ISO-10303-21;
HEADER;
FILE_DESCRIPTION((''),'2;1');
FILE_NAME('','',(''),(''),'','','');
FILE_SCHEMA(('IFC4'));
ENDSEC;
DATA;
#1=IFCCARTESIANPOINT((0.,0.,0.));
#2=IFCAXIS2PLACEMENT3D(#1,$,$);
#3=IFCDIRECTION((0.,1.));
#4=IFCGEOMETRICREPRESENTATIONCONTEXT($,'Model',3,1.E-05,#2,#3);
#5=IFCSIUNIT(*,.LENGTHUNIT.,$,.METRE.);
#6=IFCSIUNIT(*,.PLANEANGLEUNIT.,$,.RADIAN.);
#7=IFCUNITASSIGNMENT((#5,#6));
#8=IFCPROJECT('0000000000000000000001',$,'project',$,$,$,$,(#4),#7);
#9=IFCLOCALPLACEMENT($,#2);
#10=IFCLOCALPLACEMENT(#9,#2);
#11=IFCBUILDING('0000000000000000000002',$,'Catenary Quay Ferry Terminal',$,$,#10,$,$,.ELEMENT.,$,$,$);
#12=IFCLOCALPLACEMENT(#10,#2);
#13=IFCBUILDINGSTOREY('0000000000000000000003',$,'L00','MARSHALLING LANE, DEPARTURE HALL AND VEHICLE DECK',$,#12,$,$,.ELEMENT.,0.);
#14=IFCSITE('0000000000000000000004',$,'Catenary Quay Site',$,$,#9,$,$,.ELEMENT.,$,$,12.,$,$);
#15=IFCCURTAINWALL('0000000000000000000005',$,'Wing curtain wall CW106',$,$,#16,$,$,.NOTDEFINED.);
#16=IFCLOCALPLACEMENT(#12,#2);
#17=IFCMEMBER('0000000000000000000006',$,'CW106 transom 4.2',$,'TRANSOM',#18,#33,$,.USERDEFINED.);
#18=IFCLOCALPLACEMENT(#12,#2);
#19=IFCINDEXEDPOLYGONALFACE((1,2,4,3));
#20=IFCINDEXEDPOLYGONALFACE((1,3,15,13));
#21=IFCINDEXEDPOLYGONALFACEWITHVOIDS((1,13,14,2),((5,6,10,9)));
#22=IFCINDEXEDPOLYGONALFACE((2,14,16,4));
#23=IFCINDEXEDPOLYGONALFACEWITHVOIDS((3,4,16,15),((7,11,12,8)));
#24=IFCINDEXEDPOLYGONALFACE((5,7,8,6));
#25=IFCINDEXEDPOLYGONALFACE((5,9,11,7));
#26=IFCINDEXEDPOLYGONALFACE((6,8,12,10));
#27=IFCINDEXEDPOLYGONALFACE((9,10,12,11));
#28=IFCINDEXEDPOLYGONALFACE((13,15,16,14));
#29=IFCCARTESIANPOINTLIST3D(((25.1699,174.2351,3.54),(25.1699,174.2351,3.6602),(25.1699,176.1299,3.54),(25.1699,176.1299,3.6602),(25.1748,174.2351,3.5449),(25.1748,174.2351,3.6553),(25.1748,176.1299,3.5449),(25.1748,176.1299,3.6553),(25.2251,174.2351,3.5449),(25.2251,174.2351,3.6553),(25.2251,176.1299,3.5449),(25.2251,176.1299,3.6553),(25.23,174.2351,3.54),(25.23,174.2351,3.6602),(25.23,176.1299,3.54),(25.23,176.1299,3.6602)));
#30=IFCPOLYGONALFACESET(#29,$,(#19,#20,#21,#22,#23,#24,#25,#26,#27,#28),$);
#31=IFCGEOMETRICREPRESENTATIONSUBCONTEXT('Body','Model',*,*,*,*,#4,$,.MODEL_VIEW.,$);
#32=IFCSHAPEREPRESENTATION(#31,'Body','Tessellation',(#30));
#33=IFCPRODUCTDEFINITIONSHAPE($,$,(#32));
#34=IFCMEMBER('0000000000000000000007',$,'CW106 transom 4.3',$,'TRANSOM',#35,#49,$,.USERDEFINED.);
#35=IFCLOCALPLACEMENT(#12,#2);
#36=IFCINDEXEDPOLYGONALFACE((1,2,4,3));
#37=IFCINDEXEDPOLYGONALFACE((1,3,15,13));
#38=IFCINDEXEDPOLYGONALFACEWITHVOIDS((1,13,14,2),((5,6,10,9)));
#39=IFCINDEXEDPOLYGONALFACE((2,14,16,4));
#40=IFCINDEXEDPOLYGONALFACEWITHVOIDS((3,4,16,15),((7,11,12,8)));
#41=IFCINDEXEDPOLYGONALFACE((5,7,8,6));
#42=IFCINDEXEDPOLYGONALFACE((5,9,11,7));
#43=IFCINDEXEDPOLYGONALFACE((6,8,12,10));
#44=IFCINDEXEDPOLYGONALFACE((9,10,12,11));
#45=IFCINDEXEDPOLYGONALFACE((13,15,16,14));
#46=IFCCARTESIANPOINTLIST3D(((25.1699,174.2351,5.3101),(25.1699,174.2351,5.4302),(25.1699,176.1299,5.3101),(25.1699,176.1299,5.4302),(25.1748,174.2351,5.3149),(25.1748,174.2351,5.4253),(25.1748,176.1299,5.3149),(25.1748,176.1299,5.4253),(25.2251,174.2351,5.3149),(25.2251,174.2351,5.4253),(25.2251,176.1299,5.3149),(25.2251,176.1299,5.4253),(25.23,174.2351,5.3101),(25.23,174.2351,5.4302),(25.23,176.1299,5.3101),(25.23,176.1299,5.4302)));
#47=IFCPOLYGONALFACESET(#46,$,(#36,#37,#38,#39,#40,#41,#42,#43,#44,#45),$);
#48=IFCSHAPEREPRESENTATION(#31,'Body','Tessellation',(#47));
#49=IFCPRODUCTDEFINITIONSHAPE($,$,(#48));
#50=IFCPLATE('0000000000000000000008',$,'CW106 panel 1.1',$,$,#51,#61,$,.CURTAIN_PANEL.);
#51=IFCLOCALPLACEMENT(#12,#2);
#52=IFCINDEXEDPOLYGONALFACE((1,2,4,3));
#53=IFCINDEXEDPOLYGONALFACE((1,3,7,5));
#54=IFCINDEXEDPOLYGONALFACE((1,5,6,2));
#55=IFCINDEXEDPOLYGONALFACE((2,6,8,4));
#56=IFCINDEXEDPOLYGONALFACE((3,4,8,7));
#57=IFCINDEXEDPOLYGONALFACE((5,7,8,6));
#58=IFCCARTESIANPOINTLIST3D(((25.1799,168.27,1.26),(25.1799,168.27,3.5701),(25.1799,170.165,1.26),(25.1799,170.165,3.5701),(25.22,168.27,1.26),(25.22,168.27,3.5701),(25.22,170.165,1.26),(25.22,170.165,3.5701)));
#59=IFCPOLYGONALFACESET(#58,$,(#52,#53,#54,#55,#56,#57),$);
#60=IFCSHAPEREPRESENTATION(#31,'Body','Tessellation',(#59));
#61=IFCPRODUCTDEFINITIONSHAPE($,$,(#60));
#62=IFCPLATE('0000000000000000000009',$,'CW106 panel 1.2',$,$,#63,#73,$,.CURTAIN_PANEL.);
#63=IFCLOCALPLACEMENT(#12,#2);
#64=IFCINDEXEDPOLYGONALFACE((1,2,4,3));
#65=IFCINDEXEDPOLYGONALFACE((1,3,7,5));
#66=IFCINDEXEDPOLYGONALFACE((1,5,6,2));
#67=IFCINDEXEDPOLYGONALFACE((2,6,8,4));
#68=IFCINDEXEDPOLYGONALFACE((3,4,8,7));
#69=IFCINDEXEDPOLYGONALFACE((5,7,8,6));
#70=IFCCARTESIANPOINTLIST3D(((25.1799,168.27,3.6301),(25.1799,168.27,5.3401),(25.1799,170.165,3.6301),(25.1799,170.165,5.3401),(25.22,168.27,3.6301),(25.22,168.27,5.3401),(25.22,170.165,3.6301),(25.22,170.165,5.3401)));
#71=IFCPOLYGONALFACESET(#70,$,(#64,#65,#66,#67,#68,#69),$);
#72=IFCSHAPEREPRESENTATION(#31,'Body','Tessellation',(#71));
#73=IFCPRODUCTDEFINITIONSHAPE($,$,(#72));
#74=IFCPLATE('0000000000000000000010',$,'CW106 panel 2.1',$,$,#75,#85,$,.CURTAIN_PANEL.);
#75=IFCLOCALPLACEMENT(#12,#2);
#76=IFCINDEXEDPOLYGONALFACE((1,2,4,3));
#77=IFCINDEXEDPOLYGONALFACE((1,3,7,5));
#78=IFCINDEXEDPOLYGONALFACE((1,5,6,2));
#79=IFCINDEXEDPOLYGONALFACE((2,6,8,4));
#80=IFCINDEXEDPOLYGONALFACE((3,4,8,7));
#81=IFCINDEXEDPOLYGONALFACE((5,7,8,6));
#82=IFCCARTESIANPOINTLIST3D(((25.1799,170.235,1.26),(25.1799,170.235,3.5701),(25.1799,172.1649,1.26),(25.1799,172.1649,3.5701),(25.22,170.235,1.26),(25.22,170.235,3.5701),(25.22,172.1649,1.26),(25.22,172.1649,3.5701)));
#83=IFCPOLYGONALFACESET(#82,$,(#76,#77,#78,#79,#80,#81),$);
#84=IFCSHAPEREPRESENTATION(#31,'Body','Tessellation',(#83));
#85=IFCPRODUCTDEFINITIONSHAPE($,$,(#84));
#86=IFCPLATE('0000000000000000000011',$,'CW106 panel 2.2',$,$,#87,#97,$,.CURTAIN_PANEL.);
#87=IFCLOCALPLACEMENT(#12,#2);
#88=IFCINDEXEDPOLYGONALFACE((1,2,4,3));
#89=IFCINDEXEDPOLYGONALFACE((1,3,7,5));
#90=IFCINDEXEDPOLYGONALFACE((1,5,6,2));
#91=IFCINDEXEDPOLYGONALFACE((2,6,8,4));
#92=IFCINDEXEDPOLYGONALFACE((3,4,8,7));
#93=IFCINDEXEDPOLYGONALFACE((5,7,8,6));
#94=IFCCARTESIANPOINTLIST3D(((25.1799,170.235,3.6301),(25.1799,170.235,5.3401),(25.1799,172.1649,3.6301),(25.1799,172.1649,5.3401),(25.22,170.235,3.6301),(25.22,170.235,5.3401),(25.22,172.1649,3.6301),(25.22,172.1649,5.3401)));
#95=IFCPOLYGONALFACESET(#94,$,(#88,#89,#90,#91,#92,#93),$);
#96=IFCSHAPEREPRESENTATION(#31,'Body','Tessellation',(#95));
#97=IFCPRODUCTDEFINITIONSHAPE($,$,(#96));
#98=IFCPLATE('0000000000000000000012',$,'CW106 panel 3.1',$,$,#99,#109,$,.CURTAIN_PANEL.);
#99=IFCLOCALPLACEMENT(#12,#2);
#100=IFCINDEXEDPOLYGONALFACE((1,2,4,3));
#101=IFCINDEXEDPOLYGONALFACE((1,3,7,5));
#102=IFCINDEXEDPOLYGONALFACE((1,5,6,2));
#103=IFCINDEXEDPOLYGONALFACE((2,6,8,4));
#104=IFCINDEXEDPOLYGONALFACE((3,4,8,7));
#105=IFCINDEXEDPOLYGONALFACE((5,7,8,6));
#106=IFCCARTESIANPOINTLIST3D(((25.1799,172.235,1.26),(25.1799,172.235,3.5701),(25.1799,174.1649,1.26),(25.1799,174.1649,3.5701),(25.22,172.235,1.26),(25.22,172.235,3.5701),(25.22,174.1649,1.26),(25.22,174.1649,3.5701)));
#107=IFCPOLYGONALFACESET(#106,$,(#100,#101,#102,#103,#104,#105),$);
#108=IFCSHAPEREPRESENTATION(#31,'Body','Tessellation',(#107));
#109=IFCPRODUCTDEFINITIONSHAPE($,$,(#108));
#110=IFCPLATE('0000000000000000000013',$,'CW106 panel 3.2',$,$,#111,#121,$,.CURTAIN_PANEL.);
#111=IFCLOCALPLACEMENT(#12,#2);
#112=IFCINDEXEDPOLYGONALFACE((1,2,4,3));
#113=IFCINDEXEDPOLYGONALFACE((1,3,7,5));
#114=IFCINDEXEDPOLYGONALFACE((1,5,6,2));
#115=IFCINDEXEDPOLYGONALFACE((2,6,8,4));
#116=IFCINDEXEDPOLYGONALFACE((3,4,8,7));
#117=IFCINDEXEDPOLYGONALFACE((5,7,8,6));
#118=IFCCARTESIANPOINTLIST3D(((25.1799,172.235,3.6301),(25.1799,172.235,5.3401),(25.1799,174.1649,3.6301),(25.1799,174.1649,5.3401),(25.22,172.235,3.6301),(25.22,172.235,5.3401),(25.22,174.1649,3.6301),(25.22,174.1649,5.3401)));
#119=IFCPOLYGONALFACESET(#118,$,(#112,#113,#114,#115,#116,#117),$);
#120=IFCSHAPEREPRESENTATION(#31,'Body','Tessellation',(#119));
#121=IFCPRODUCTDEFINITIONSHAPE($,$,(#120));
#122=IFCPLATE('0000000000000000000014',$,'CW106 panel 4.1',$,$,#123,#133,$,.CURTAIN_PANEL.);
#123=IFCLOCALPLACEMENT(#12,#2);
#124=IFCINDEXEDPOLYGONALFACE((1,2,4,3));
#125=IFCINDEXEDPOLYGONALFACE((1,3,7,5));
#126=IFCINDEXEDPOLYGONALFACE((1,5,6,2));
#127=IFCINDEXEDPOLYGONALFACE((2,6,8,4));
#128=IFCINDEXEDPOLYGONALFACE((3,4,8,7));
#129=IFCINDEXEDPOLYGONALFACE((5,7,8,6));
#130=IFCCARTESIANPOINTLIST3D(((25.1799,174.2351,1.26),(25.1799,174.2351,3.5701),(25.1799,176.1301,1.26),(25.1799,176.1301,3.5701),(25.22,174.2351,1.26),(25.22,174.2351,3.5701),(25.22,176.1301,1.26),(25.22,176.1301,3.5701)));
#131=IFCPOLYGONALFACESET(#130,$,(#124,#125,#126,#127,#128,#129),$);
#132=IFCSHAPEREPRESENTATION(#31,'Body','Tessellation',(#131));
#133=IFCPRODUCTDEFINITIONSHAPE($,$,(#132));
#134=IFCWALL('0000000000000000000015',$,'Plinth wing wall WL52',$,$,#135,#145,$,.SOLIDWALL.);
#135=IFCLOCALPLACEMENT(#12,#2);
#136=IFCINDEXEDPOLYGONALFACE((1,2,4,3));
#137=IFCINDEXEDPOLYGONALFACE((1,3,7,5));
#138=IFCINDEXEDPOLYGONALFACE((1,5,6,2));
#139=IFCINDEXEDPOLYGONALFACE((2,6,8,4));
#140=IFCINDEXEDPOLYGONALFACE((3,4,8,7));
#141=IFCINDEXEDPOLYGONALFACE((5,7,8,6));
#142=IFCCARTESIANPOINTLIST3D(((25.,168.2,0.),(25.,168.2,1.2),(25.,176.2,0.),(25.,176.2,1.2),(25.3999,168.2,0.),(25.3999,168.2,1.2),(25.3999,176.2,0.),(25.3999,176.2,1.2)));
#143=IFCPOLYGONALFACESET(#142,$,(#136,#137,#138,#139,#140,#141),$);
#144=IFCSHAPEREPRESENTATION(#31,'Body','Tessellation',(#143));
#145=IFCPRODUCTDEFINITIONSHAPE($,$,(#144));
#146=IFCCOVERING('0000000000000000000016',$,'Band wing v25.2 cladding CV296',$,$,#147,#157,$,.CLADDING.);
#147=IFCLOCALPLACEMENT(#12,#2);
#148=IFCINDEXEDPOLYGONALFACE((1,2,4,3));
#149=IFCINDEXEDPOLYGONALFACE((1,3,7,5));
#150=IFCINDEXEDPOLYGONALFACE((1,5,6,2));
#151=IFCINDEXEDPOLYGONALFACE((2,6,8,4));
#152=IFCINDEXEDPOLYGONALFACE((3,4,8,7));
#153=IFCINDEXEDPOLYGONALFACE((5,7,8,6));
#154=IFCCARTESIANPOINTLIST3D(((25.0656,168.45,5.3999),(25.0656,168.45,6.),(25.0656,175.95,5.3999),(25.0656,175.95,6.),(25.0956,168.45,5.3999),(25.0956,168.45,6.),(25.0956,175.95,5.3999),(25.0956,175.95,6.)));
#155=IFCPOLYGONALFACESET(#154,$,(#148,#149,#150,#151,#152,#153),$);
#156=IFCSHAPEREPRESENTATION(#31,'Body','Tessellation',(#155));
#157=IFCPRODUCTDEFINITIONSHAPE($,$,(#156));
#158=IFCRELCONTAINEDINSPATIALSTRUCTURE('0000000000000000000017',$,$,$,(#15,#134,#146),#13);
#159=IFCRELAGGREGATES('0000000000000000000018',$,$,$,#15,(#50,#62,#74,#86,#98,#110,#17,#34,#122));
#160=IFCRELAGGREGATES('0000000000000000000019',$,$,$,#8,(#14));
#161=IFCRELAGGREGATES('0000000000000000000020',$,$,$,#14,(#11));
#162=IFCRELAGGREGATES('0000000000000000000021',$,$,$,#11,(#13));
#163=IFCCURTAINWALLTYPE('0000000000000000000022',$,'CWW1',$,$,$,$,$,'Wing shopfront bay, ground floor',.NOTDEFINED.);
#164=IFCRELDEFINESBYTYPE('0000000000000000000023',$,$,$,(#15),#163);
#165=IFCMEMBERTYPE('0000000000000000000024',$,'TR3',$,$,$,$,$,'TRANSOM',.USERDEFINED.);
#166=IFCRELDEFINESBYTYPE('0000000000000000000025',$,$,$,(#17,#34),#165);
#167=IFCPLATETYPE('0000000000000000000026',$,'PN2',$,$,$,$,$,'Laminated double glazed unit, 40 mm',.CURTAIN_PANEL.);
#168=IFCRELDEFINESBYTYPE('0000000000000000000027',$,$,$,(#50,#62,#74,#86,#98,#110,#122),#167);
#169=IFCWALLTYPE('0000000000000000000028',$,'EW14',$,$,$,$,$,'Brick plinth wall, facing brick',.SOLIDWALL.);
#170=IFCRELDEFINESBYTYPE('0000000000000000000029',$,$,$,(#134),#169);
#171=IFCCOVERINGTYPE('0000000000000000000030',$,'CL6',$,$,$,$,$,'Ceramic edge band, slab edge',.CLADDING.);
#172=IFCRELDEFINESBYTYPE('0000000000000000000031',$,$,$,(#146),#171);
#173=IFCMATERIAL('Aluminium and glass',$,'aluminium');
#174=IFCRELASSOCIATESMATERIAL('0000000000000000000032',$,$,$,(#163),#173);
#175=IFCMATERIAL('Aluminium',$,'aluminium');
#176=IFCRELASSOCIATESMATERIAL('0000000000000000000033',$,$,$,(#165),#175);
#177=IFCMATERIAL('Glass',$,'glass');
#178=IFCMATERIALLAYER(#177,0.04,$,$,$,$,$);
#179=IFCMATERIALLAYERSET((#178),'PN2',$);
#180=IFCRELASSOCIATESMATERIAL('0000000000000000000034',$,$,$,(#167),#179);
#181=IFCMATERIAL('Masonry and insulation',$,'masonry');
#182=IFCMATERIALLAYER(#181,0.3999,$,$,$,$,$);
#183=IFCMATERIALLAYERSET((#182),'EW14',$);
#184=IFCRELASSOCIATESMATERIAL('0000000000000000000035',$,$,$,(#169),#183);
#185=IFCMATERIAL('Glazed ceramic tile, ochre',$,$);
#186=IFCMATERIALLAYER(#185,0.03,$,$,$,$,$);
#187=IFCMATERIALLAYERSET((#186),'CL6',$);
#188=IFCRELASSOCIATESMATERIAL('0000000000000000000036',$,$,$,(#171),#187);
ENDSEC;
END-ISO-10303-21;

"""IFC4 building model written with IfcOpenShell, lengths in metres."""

from ifc_helpers import new_model, si_unit, direction, frame, frame_2d, origin, origin_2d, place, context, subcontext, project, spatial, rectangle, hollow_rectangle, extrude, material, layer, layer_set, material_profile, profile_set, type_object, element, aggregate, save


model = new_model("IFC4")

# Units and contexts
model_context = context("Model", 3, precision=1e-05, world=origin(), true_north=direction((0.0, 1.0)))
body_context = subcontext(model_context, "Body", "Model", "MODEL_VIEW")
ifc_project = project(units=[si_unit("LENGTHUNIT", "METRE"), si_unit("PLANEANGLEUNIT", "RADIAN")], contexts=[model_context])

# Site, building, storey
site_placement = place(None, origin())
site = spatial("IfcSite", under=ifc_project, at=site_placement, Name="Catenary Quay Site", CompositionType="ELEMENT", RefElevation=12.0)
building_placement = place(site_placement, origin())
building = spatial("IfcBuilding", under=site, at=building_placement, Name="Catenary Quay Ferry Terminal", CompositionType="ELEMENT")
storey_placement = place(building_placement, origin())
storey = spatial("IfcBuildingStorey", under=building, at=storey_placement, Name="L00", Description="MARSHALLING LANE, DEPARTURE HALL AND VEHICLE DECK", CompositionType="ELEMENT", Elevation=0.0)

# Curtain wall, members, plates
ifc_material_1 = material(Name="Aluminium and glass", Category="aluminium")
curtain_wall_type = type_object("IfcCurtainWallType", Name="CWW1", ElementType="Wing shopfront bay, ground floor", PredefinedType="NOTDEFINED", material=ifc_material_1)
curtain_wall_placement = place(storey_placement, origin())
curtain_wall = element("IfcCurtainWall", 1, at=curtain_wall_placement, inside=storey, type_object=curtain_wall_type, Name="Wing curtain wall CW106", PredefinedType="NOTDEFINED")
ifc_material_2 = material(Name="Aluminium", Category="aluminium")
ifc_material_profile_1 = material_profile(ifc_material_2, hollow_rectangle(XDim=0.0601, YDim=0.1201, WallThickness=0.0049, at=origin_2d()), Name="TR3")
ifc_profile_set_1 = profile_set([ifc_material_profile_1], Name="Aluminium")
member_type_1 = type_object("IfcMemberType", Name="TR3", ElementType="TRANSOM", PredefinedType="USERDEFINED", material=ifc_profile_set_1)
member_1_placement = place(storey_placement, frame((25.2, 174.2351, 3.6001), z_axis=(0.0, 1.0, 0.0), x_axis=(-1.0, 0.0, 0.0)))
member_1 = element("IfcMember", 2, at=member_1_placement, type_object=member_type_1, Name="CW106 transom 4.2", ObjectType="TRANSOM", PredefinedType="USERDEFINED", context=body_context, shape_type="SweptSolid", body=[
    extrude(hollow_rectangle(XDim=0.0601, YDim=0.1201, WallThickness=0.0049, at=origin_2d()), origin(), (0.0, 0.0, 1.0), 1.8948),
])
member_2_placement = place(storey_placement, frame((25.2, 174.2351, 5.3701), z_axis=(0.0, 1.0, 0.0), x_axis=(-1.0, 0.0, 0.0)))
member_2 = element("IfcMember", 3, at=member_2_placement, type_object=member_type_1, Name="CW106 transom 4.3", ObjectType="TRANSOM", PredefinedType="USERDEFINED", context=body_context, shape_type="SweptSolid", body=[
    extrude(hollow_rectangle(XDim=0.0601, YDim=0.1201, WallThickness=0.0049, at=origin_2d()), origin(), (0.0, 0.0, 1.0), 1.8948),
])
ifc_material_3 = material(Name="Glass", Category="glass")
ifc_layer_1 = layer(ifc_material_3, 0.04)
ifc_layer_set_1 = layer_set([ifc_layer_1], Name="PN2")
plate_type = type_object("IfcPlateType", Name="PN2", ElementType="Laminated double glazed unit, 40 mm", PredefinedType="CURTAIN_PANEL", material=ifc_layer_set_1)
plate_1_placement = place(storey_placement, frame((25.2, 169.2175, 1.26), z_axis=(0.0, 0.0, 1.0), x_axis=(0.0, 1.0, 0.0)))
plate_1 = element("IfcPlate", 4, at=plate_1_placement, type_object=plate_type, Name="CW106 panel 1.1", PredefinedType="CURTAIN_PANEL", context=body_context, shape_type="SweptSolid", body=[
    extrude(rectangle(XDim=1.895, YDim=0.04, at=origin_2d()), origin(), (0.0, 0.0, 1.0), 2.3101),
])
plate_2_placement = place(storey_placement, frame((25.2, 169.2175, 3.6301), z_axis=(0.0, 0.0, 1.0), x_axis=(0.0, 1.0, 0.0)))
plate_2 = element("IfcPlate", 5, at=plate_2_placement, type_object=plate_type, Name="CW106 panel 1.2", PredefinedType="CURTAIN_PANEL", context=body_context, shape_type="SweptSolid", body=[
    extrude(rectangle(XDim=1.895, YDim=0.04, at=origin_2d()), origin(), (0.0, 0.0, 1.0), 1.71),
])
plate_3_placement = place(storey_placement, frame((25.2, 171.2, 1.26), z_axis=(0.0, 0.0, 1.0), x_axis=(0.0, 1.0, 0.0)))
plate_3 = element("IfcPlate", 6, at=plate_3_placement, type_object=plate_type, Name="CW106 panel 2.1", PredefinedType="CURTAIN_PANEL", context=body_context, shape_type="SweptSolid", body=[
    extrude(rectangle(XDim=1.9299, YDim=0.04, at=origin_2d()), origin(), (0.0, 0.0, 1.0), 2.3101),
])
plate_4_placement = place(storey_placement, frame((25.2, 171.2, 3.6301), z_axis=(0.0, 0.0, 1.0), x_axis=(0.0, 1.0, 0.0)))
plate_4 = element("IfcPlate", 7, at=plate_4_placement, type_object=plate_type, Name="CW106 panel 2.2", PredefinedType="CURTAIN_PANEL", context=body_context, shape_type="SweptSolid", body=[
    extrude(rectangle(XDim=1.9299, YDim=0.04, at=origin_2d()), origin(), (0.0, 0.0, 1.0), 1.71),
])
plate_5_placement = place(storey_placement, frame((25.2, 173.2, 1.26), z_axis=(0.0, 0.0, 1.0), x_axis=(0.0, 1.0, 0.0)))
plate_5 = element("IfcPlate", 8, at=plate_5_placement, type_object=plate_type, Name="CW106 panel 3.1", PredefinedType="CURTAIN_PANEL", context=body_context, shape_type="SweptSolid", body=[
    extrude(rectangle(XDim=1.9299, YDim=0.04, at=origin_2d()), origin(), (0.0, 0.0, 1.0), 2.3101),
])
plate_6_placement = place(storey_placement, frame((25.2, 173.2, 3.6301), z_axis=(0.0, 0.0, 1.0), x_axis=(0.0, 1.0, 0.0)))
plate_6 = element("IfcPlate", 9, at=plate_6_placement, type_object=plate_type, Name="CW106 panel 3.2", PredefinedType="CURTAIN_PANEL", context=body_context, shape_type="SweptSolid", body=[
    extrude(rectangle(XDim=1.9299, YDim=0.04, at=origin_2d()), origin(), (0.0, 0.0, 1.0), 1.71),
])
plate_7_placement = place(storey_placement, frame((25.2, 175.1826, 1.26), z_axis=(0.0, 0.0, 1.0), x_axis=(0.0, 1.0, 0.0)))
plate_7 = element("IfcPlate", 10, at=plate_7_placement, type_object=plate_type, Name="CW106 panel 4.1", PredefinedType="CURTAIN_PANEL", context=body_context, shape_type="SweptSolid", body=[
    extrude(rectangle(XDim=1.895, YDim=0.04, at=origin_2d()), origin(), (0.0, 0.0, 1.0), 2.3101),
])
aggregate(curtain_wall, [plate_1, plate_2, plate_3, plate_4, plate_5, plate_6, member_1, member_2, plate_7])

# Wall
ifc_material_4 = material(Name="Masonry and insulation", Category="masonry")
ifc_layer_2 = layer(ifc_material_4, 0.3999)
ifc_layer_set_2 = layer_set([ifc_layer_2], Name="EW14")
wall_type = type_object("IfcWallType", Name="EW14", ElementType="Brick plinth wall, facing brick", PredefinedType="SOLIDWALL", material=ifc_layer_set_2)
wall_placement = place(storey_placement, frame((25.2, 168.2, 0.0), z_axis=(0.0, 0.0, 1.0), x_axis=(0.0, 1.0, 0.0)))
element("IfcWall", 11, at=wall_placement, inside=storey, type_object=wall_type, Name="Plinth wing wall WL52", PredefinedType="SOLIDWALL", context=body_context, shape_type="SweptSolid", body=[
    extrude(rectangle(XDim=8.0, YDim=0.3999, at=frame_2d((4.0, 0.0))), origin(), (0.0, 0.0, 1.0), 1.2),
])

# Covering
ifc_material_5 = material(Name="Glazed ceramic tile, ochre")
ifc_layer_3 = layer(ifc_material_5, 0.03)
ifc_layer_set_3 = layer_set([ifc_layer_3], Name="CL6")
covering_type = type_object("IfcCoveringType", Name="CL6", ElementType="Ceramic edge band, slab edge", PredefinedType="CLADDING", material=ifc_layer_set_3)
covering_placement = place(storey_placement, frame((25.0806, 172.2, 5.3999), z_axis=(0.0, 0.0, 1.0), x_axis=(1.0, 0.0, 0.0)))
element("IfcCovering", 12, at=covering_placement, inside=storey, type_object=covering_type, Name="Band wing v25.2 cladding CV296", PredefinedType="CLADDING", context=body_context, shape_type="SweptSolid", body=[
    extrude(rectangle(XDim=0.03, YDim=7.5, at=origin_2d()), origin(), (0.0, 0.0, 1.0), 0.6001),
])

save(model, "model.ifc")
